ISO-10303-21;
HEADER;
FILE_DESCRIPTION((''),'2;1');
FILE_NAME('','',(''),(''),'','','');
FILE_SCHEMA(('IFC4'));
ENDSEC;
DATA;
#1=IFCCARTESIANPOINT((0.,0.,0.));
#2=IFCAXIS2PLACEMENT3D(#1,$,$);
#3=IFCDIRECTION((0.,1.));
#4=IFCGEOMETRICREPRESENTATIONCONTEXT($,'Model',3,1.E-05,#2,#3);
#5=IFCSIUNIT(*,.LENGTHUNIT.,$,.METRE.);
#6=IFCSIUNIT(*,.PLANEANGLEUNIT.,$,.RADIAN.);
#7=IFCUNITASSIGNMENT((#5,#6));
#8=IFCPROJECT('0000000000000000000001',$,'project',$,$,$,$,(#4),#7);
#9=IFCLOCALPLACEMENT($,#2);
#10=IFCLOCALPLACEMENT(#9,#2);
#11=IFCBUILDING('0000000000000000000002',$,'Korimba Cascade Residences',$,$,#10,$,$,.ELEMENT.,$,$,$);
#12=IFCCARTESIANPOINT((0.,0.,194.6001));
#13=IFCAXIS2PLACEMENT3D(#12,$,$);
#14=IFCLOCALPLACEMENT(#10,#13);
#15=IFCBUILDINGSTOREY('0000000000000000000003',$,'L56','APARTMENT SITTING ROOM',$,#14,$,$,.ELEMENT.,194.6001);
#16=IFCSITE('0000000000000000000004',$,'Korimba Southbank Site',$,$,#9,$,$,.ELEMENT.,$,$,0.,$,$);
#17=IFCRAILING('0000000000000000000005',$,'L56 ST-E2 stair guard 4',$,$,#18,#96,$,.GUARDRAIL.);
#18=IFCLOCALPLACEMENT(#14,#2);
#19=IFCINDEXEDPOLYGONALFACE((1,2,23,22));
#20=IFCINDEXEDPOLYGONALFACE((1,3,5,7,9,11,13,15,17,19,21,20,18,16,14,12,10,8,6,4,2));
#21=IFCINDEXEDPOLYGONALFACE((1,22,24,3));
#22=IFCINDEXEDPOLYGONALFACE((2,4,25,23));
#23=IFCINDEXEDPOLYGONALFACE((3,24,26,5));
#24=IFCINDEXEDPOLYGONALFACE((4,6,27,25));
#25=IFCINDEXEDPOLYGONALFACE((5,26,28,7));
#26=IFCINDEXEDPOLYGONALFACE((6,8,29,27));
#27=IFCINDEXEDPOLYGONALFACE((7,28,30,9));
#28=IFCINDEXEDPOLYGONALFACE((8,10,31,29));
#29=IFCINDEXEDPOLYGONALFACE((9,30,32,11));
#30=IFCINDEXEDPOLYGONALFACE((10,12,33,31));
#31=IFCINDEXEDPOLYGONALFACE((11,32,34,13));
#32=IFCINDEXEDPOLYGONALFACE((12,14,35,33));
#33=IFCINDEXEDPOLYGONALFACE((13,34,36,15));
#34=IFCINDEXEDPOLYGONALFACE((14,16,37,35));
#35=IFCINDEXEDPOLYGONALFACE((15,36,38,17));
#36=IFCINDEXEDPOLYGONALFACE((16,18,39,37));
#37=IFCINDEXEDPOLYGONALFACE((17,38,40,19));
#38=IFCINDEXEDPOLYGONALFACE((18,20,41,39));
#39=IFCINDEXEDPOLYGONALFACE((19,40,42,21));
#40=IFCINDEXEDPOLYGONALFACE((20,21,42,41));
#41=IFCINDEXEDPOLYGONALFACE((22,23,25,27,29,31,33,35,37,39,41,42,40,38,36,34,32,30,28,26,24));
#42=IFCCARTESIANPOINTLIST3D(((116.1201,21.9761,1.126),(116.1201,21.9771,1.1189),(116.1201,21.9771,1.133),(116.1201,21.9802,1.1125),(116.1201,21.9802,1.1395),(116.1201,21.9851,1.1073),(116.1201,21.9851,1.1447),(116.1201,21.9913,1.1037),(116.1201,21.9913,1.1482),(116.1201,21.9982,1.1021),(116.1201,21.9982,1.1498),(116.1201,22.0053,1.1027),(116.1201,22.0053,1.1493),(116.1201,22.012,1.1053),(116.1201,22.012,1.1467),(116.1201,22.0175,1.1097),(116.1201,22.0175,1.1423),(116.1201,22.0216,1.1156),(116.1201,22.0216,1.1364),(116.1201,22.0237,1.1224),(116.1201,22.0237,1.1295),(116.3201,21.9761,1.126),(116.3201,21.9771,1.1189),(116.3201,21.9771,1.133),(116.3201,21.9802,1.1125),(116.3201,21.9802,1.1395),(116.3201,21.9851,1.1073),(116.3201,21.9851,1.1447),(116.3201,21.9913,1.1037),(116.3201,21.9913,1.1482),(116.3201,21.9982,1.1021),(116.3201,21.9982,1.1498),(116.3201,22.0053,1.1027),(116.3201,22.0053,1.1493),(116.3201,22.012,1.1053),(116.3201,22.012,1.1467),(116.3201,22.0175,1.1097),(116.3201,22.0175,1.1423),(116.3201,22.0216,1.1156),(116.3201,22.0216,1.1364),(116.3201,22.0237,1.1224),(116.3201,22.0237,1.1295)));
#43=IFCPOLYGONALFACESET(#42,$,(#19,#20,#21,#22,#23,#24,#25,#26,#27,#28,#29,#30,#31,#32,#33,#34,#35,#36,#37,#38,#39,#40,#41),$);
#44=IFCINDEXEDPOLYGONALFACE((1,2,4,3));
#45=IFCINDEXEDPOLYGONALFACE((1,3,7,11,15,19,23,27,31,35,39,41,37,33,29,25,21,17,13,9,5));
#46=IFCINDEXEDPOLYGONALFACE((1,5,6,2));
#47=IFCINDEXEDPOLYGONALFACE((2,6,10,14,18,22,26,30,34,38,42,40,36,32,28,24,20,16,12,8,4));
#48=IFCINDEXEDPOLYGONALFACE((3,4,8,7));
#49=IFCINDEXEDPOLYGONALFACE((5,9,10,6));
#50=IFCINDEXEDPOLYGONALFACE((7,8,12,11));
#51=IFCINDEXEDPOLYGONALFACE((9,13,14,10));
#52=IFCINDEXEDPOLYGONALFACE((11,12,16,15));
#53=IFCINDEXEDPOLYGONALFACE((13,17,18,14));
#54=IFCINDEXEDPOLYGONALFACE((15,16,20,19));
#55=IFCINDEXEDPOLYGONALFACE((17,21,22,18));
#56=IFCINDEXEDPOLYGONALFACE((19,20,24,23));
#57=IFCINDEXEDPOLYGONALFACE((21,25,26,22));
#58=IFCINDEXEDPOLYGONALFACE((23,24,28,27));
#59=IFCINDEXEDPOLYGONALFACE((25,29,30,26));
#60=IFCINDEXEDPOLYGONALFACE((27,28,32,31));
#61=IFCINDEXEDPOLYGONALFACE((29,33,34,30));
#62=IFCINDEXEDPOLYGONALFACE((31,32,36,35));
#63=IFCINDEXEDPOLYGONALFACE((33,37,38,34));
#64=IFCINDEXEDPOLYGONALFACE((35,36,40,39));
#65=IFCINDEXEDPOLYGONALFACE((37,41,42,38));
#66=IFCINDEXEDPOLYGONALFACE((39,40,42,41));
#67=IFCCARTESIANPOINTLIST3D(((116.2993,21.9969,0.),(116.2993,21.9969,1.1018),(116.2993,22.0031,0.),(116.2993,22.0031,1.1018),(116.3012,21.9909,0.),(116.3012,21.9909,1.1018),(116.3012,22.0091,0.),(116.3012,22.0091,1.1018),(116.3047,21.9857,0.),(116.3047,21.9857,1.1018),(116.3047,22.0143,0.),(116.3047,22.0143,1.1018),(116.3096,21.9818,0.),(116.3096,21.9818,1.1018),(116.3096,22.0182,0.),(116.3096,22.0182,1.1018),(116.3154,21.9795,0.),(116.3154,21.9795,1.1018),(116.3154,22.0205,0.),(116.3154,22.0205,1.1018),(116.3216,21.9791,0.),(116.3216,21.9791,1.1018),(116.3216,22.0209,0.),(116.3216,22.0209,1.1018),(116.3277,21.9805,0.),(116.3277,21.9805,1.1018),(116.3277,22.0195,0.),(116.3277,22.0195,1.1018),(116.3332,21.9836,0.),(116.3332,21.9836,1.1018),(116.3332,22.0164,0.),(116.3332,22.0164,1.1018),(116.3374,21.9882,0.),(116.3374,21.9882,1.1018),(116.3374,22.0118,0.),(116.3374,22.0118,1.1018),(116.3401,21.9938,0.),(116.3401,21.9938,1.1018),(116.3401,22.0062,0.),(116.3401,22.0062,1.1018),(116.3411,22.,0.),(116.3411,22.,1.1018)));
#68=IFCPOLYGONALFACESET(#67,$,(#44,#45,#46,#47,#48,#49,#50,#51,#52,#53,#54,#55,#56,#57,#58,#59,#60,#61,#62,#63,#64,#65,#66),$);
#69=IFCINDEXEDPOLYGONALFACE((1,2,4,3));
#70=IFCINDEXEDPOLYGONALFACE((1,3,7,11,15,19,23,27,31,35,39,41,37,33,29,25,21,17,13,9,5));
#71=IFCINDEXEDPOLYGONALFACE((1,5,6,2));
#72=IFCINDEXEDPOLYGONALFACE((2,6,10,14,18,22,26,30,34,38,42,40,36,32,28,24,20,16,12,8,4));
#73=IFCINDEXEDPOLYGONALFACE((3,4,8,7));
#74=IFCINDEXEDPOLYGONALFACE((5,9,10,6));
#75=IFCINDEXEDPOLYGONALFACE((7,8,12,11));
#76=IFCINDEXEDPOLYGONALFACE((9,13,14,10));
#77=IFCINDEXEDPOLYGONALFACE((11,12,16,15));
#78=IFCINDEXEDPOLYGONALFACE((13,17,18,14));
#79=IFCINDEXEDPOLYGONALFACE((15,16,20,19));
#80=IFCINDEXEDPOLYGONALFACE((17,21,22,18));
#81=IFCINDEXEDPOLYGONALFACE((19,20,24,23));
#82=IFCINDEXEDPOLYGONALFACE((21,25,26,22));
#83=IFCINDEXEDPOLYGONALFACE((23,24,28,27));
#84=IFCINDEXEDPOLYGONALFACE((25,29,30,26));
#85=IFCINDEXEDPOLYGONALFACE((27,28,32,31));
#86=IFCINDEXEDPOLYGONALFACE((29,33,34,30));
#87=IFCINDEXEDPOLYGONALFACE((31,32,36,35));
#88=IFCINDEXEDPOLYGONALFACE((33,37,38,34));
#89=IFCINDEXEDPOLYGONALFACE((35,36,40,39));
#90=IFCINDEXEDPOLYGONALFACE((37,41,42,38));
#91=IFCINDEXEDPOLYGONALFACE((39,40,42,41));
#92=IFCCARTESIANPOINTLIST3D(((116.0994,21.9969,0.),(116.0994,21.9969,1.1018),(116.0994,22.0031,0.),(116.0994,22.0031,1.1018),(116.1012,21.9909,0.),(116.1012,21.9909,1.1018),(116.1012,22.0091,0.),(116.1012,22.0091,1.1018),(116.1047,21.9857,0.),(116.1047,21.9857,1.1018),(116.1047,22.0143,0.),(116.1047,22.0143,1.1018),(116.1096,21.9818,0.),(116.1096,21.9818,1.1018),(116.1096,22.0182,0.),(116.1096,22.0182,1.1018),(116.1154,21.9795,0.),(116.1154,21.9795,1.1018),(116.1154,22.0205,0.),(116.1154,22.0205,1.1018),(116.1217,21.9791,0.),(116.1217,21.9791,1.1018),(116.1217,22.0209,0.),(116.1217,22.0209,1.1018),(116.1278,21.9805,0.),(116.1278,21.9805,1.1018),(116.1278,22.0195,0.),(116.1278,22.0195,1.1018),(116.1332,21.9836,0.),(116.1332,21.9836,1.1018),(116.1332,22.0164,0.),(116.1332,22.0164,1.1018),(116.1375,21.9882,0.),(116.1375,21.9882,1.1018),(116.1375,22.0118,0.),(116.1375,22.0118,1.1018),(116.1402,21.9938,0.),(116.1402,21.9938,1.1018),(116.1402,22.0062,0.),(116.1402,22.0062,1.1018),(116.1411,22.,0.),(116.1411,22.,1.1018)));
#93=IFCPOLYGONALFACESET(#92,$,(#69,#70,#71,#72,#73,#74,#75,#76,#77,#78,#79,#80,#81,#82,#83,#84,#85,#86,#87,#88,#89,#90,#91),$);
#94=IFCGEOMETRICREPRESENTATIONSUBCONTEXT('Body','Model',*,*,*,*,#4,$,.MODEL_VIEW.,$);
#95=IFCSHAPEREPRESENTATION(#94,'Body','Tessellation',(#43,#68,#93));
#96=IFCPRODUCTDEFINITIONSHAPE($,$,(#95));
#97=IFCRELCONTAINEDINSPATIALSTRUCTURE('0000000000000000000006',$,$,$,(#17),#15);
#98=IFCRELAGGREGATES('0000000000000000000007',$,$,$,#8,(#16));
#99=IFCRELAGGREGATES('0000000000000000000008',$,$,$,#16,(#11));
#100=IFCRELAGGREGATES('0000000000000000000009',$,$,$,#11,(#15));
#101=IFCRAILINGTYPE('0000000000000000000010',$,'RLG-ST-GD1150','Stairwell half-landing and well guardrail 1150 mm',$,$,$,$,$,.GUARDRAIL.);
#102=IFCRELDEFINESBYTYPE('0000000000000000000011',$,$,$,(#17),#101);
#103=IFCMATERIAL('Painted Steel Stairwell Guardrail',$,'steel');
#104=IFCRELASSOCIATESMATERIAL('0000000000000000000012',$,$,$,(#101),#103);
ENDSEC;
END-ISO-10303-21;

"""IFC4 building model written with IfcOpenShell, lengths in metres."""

from ifc_helpers import new_model, si_unit, direction, frame, origin, origin_2d, place, context, subcontext, project, spatial, circle, extrude, material, type_object, element, save


model = new_model("IFC4")

# Units and contexts
model_context = context("Model", 3, precision=1e-05, world=origin(), true_north=direction((0.0, 1.0)))
body_context = subcontext(model_context, "Body", "Model", "MODEL_VIEW")
ifc_project = project(units=[si_unit("LENGTHUNIT", "METRE"), si_unit("PLANEANGLEUNIT", "RADIAN")], contexts=[model_context])

# Site, building, storey
site_placement = place(None, origin())
site = spatial("IfcSite", under=ifc_project, at=site_placement, Name="Korimba Southbank Site", CompositionType="ELEMENT", RefElevation=0.0)
building_placement = place(site_placement, origin())
building = spatial("IfcBuilding", under=site, at=building_placement, Name="Korimba Cascade Residences", CompositionType="ELEMENT")
storey_placement = place(building_placement, frame((0.0, 0.0, 194.6001)))
storey = spatial("IfcBuildingStorey", under=building, at=storey_placement, Name="L56", Description="APARTMENT SITTING ROOM", CompositionType="ELEMENT", Elevation=194.6001)

# Railing
ifc_material_1 = material(Name="Painted Steel Stairwell Guardrail", Category="steel")
railing_type_1 = type_object("IfcRailingType", Name="RLG-ST-GD1150", Description="Stairwell half-landing and well guardrail 1150 mm", PredefinedType="GUARDRAIL", material=ifc_material_1)
railing_1_placement = place(storey_placement, frame((116.3201, 22.0, 0.0)))
element("IfcRailing", 1, at=railing_1_placement, inside=storey, type_object=railing_type_1, Name="L56 ST-E2 stair guard 4", PredefinedType="GUARDRAIL", context=body_context, shape_type="SweptSolid", body=[
    extrude(circle(Radius=0.0239, at=origin_2d()), frame((0.0, 0.0, 1.126), z_axis=(-1.0, 0.0, 0.0), x_axis=(0.0, -1.0, 0.0)), (0.0, 0.0, 1.0), 0.2),
    extrude(circle(Radius=0.021, at=origin_2d()), origin(), (0.0, 0.0, 1.0), 1.1018),
    extrude(circle(Radius=0.021, at=origin_2d()), frame((-0.2, 0.0, 0.0)), (0.0, 0.0, 1.0), 1.1018),
])

save(model, "model.ifc")
